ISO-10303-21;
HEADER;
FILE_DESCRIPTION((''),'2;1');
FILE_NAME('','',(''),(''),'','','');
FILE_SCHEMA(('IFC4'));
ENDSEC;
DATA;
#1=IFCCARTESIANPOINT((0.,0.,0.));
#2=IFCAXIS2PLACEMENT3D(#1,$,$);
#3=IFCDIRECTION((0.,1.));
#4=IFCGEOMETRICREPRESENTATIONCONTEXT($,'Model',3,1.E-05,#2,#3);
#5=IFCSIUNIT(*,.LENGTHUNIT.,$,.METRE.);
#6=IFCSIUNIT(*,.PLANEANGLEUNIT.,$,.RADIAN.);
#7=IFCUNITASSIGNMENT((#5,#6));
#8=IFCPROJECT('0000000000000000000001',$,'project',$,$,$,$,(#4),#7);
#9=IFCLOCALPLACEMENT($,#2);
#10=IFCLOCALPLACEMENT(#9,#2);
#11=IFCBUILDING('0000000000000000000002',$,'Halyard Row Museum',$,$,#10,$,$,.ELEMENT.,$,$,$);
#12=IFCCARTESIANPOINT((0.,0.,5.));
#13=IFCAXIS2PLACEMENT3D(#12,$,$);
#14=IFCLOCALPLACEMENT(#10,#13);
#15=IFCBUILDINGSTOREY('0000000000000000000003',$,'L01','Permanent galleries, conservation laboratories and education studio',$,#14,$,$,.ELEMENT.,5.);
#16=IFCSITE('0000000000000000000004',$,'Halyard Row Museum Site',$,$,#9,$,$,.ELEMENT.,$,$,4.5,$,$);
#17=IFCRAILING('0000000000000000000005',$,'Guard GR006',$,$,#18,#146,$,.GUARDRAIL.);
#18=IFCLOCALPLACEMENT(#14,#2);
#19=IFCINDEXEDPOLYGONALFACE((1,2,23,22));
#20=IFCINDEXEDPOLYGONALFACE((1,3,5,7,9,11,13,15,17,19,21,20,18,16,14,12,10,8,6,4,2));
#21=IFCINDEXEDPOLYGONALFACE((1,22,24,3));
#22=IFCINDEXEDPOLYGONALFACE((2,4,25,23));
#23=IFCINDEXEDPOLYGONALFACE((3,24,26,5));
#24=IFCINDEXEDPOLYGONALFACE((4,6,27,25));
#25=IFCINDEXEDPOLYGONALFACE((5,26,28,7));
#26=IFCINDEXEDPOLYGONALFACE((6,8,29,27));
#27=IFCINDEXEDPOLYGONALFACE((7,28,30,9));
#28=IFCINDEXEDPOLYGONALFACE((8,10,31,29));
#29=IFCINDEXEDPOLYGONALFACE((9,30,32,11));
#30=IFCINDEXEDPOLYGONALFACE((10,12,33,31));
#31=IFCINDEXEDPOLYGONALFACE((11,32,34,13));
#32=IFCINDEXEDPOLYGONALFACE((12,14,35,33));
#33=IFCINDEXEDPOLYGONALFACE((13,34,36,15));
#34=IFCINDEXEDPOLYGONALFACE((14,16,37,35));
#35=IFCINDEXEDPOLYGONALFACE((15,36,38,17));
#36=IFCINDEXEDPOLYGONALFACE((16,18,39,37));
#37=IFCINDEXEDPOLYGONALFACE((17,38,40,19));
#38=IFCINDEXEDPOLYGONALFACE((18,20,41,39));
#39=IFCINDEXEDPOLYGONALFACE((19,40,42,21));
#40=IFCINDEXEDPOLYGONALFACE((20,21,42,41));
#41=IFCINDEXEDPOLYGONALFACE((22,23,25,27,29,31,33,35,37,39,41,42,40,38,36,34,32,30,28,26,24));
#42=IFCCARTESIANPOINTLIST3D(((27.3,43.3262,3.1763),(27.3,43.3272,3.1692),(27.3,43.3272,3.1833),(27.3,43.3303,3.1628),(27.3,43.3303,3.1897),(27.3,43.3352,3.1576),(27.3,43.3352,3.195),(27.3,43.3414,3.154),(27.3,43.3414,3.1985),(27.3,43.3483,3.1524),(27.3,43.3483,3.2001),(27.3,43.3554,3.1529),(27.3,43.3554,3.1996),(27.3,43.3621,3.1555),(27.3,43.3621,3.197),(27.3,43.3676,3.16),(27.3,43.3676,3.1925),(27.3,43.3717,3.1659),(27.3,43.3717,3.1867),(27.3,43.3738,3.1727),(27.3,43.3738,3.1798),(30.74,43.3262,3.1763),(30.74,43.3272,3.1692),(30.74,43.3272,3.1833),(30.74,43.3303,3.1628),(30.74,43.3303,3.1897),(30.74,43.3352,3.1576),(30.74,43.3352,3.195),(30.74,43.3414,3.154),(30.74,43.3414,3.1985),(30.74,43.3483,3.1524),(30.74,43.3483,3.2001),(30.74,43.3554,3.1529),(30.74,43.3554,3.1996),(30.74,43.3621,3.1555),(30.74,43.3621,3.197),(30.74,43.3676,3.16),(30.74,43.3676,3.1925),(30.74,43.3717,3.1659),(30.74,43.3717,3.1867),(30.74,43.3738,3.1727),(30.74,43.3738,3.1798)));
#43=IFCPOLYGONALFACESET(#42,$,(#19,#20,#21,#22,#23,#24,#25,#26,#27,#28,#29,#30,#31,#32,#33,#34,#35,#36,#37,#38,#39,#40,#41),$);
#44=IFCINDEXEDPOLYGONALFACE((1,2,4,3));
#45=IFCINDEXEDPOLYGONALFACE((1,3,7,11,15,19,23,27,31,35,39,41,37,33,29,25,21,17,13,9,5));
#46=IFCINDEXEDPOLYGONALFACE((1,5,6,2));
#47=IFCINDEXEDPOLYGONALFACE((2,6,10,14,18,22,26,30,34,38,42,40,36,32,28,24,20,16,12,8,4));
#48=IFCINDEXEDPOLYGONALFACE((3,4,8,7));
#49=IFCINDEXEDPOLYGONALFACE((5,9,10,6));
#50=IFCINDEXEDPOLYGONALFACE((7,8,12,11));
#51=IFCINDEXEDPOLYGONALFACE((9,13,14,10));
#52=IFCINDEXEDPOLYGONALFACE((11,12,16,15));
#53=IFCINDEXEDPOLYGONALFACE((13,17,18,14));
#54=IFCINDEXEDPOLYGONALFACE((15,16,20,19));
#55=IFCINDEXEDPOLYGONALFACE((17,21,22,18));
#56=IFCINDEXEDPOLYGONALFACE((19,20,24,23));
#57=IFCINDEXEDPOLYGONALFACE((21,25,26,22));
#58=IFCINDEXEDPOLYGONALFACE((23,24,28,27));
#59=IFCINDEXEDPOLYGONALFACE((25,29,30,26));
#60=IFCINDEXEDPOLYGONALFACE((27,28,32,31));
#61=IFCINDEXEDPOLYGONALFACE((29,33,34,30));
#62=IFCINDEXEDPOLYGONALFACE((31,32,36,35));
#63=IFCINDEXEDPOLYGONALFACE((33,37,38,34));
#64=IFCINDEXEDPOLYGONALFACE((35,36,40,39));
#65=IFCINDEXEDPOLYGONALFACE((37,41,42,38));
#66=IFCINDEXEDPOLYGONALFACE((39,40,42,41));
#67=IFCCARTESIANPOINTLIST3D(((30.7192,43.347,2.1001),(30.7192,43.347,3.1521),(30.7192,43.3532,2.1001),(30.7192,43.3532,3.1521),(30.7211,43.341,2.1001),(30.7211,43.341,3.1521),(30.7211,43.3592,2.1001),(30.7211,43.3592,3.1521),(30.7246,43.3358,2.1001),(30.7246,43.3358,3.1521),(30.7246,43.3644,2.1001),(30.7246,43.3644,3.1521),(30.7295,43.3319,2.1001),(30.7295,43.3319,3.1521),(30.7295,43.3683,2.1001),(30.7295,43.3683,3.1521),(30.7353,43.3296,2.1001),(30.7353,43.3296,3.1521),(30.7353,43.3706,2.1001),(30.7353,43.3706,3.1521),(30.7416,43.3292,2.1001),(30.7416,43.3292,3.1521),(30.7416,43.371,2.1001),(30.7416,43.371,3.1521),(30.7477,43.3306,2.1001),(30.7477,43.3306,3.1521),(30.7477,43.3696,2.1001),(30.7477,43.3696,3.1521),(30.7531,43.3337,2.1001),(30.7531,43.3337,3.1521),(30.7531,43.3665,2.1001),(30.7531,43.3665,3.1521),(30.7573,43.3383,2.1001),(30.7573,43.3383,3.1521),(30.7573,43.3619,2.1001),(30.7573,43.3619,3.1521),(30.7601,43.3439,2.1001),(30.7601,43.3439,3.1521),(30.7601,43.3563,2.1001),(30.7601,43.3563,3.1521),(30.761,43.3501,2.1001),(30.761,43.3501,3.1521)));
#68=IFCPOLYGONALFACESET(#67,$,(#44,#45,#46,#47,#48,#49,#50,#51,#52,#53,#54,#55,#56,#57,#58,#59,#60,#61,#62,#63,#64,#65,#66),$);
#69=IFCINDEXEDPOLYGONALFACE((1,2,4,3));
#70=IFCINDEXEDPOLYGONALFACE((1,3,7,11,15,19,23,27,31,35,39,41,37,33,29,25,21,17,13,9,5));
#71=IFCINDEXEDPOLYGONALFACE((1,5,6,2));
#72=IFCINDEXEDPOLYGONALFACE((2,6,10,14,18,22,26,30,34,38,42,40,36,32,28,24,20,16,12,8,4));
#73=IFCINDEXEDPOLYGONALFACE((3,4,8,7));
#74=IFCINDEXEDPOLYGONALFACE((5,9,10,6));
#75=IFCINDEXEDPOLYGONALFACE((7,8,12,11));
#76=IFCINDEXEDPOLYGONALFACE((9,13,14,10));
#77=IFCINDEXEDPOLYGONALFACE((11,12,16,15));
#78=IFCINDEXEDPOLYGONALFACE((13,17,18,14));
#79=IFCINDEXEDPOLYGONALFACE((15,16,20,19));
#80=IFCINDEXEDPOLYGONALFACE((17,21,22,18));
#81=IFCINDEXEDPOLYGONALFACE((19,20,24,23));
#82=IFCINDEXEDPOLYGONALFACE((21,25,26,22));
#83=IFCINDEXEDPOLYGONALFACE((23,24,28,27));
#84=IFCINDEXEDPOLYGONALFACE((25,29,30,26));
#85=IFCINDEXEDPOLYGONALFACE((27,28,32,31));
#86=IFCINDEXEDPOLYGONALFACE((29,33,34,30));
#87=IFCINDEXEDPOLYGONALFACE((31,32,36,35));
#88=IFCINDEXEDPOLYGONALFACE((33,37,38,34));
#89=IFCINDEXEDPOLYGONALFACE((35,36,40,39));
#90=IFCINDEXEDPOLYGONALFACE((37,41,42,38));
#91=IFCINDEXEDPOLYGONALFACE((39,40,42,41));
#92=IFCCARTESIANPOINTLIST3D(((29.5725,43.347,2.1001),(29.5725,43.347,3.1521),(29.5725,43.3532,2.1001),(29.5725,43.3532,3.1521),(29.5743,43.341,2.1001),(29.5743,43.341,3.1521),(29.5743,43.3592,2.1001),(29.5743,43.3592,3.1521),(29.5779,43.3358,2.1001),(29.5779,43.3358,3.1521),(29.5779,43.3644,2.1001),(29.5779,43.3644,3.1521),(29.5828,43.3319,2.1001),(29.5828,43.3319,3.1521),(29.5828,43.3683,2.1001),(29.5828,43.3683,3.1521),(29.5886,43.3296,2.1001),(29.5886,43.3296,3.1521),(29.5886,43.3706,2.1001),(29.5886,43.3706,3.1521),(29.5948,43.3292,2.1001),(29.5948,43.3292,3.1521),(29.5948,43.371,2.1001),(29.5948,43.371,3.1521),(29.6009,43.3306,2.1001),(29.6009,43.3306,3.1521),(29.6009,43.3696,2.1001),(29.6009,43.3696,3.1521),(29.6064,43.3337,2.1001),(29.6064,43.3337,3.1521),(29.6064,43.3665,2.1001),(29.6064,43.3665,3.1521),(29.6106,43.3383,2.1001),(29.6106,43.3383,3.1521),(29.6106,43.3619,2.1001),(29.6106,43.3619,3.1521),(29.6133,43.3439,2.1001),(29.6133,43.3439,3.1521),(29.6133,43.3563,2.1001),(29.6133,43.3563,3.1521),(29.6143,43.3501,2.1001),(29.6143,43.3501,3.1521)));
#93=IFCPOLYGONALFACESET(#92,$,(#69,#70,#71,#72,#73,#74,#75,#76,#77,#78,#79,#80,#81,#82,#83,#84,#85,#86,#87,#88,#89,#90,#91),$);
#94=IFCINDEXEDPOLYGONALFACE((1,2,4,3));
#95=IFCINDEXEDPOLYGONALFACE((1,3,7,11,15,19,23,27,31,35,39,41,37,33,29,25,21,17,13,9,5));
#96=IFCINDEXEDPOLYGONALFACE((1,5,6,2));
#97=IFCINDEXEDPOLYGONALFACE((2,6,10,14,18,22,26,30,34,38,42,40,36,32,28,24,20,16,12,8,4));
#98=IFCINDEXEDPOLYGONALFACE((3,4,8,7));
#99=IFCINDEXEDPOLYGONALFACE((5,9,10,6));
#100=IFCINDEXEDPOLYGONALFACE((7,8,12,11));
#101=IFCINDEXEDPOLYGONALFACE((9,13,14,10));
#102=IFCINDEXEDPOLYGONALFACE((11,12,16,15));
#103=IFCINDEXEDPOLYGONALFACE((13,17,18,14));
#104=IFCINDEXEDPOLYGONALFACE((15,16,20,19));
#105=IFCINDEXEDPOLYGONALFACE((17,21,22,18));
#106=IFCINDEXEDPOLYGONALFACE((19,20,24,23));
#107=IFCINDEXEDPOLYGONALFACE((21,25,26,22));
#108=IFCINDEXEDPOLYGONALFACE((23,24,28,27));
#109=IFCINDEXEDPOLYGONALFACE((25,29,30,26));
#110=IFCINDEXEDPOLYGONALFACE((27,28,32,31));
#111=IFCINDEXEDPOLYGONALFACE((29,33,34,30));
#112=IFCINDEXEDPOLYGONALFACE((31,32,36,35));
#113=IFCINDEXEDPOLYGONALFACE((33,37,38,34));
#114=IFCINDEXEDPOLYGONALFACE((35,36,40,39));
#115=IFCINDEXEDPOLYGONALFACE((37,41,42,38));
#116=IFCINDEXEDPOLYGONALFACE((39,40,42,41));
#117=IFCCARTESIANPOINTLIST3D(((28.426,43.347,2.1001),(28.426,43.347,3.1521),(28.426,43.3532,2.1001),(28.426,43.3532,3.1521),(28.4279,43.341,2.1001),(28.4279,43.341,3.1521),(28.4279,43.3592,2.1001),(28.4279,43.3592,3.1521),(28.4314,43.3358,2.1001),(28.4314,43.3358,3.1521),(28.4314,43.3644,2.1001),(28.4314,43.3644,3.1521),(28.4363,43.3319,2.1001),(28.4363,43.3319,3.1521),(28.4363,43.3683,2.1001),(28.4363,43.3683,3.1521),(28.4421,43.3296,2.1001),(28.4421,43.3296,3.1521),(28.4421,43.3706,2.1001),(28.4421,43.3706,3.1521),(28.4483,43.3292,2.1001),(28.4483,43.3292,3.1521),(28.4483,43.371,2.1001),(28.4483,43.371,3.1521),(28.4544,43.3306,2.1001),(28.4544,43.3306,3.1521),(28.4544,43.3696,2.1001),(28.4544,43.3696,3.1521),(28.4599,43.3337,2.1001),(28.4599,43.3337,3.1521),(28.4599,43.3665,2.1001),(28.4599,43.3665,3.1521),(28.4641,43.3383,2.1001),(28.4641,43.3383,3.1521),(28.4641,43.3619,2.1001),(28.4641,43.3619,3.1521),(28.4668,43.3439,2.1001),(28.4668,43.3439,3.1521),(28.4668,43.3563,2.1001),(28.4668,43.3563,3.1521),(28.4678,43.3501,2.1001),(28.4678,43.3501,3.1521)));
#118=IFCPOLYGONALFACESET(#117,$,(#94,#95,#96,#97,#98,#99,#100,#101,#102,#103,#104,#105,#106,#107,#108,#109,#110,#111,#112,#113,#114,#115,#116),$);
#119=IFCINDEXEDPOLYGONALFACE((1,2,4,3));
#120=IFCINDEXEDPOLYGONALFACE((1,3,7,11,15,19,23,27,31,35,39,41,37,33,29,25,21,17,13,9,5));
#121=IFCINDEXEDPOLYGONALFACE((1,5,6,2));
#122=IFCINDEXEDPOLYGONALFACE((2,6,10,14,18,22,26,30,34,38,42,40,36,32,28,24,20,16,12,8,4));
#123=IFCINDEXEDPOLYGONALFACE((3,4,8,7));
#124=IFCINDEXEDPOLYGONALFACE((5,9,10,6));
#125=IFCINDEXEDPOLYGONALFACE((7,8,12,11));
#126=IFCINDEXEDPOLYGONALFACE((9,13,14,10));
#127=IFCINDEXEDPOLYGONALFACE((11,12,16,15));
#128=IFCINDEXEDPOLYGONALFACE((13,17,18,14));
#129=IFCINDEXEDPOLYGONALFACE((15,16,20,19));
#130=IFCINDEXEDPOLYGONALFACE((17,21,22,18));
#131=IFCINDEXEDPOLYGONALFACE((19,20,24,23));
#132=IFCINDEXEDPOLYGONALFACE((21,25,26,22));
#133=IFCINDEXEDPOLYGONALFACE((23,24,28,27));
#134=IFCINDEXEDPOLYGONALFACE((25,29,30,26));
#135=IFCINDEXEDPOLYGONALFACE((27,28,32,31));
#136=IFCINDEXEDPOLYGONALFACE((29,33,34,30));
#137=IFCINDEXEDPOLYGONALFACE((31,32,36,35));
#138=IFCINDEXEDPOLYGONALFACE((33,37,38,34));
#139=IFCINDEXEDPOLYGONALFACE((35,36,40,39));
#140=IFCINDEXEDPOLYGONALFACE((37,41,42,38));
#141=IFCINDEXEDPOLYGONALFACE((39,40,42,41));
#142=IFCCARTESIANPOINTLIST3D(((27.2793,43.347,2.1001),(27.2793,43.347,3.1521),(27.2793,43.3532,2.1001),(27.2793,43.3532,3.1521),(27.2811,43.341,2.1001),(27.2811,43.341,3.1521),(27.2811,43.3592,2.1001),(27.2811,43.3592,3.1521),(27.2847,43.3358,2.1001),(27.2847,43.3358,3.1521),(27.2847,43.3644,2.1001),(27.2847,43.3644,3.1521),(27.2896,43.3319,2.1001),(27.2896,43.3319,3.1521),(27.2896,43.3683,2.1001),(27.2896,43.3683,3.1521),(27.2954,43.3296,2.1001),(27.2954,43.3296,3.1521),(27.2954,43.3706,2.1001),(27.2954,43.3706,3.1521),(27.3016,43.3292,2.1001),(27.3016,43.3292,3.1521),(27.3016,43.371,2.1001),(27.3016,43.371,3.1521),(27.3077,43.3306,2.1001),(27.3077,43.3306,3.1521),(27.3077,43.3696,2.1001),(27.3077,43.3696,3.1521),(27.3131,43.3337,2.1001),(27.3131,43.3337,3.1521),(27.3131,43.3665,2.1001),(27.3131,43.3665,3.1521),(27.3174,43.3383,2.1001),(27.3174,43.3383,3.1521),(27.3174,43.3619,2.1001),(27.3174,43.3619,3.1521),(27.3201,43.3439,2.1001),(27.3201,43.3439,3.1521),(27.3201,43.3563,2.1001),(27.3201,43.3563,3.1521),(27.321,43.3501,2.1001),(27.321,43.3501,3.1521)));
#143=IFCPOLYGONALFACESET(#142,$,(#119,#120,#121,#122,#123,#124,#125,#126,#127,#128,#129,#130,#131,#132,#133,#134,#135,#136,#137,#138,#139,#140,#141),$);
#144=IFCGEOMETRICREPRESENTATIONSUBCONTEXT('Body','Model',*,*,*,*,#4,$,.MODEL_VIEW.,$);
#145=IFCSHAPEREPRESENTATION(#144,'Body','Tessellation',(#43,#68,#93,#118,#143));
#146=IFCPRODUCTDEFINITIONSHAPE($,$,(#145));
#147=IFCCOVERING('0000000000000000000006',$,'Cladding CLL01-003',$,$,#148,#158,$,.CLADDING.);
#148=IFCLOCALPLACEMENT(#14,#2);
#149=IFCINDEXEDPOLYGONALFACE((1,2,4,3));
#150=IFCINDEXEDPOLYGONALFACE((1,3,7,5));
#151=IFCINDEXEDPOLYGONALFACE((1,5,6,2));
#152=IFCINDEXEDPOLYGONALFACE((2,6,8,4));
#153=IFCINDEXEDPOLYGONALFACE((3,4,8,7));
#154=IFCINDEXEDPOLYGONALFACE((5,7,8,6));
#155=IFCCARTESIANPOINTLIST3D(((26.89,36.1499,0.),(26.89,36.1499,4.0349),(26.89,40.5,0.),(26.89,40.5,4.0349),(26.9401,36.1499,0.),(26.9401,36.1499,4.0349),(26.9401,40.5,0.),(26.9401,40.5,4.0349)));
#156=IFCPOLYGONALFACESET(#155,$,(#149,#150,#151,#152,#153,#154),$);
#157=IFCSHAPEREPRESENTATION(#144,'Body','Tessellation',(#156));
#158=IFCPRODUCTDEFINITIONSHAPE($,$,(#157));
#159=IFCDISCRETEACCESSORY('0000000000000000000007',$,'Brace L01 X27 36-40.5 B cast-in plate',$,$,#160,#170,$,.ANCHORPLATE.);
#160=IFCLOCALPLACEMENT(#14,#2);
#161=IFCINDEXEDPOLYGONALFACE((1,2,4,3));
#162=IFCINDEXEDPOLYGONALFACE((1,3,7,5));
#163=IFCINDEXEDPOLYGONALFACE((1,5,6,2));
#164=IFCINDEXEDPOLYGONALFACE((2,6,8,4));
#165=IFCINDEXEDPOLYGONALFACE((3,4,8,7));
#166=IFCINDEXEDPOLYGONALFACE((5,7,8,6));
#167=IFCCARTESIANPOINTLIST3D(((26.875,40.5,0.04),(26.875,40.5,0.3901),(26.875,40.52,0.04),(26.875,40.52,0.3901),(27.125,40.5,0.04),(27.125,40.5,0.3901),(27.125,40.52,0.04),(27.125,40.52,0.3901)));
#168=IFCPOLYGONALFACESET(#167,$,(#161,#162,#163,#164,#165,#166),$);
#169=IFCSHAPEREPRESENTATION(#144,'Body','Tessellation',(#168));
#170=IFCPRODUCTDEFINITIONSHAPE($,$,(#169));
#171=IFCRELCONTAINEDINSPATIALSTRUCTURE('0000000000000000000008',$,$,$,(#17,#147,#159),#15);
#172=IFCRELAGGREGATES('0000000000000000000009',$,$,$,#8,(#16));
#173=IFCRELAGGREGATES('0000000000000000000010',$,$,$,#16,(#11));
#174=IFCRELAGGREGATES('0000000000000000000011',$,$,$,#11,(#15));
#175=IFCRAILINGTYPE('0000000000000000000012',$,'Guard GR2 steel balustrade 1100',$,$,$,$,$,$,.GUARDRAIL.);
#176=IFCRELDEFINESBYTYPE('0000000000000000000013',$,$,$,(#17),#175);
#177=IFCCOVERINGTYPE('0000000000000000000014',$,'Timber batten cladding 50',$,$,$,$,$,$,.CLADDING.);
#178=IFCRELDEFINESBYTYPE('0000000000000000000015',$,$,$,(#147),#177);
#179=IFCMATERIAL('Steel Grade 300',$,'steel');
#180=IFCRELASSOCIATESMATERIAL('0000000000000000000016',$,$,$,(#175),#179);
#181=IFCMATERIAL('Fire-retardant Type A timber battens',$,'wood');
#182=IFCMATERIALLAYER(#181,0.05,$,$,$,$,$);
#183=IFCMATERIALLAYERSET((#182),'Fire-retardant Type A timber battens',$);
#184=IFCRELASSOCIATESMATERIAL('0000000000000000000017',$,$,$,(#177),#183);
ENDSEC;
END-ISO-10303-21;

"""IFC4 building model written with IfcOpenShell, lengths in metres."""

from ifc_helpers import new_model, si_unit, direction, frame, frame_2d, origin, origin_2d, place, context, subcontext, project, spatial, rectangle, circle, extrude, material, layer, layer_set, type_object, element, save


model = new_model("IFC4")

# Units and contexts
model_context = context("Model", 3, precision=1e-05, world=origin(), true_north=direction((0.0, 1.0)))
body_context = subcontext(model_context, "Body", "Model", "MODEL_VIEW")
ifc_project = project(units=[si_unit("LENGTHUNIT", "METRE"), si_unit("PLANEANGLEUNIT", "RADIAN")], contexts=[model_context])

# Site, building, storey
site_placement = place(None, origin())
site = spatial("IfcSite", under=ifc_project, at=site_placement, Name="Halyard Row Museum Site", CompositionType="ELEMENT", RefElevation=4.5)
building_placement = place(site_placement, origin())
building = spatial("IfcBuilding", under=site, at=building_placement, Name="Halyard Row Museum", CompositionType="ELEMENT")
storey_placement = place(building_placement, frame((0.0, 0.0, 5.0)))
storey = spatial("IfcBuildingStorey", under=building, at=storey_placement, Name="L01", Description="Permanent galleries, conservation laboratories and education studio", CompositionType="ELEMENT", Elevation=5.0)

# Railing
ifc_material_1 = material(Name="Steel Grade 300", Category="steel")
railing_type_1 = type_object("IfcRailingType", Name="Guard GR2 steel balustrade 1100", PredefinedType="GUARDRAIL", material=ifc_material_1)
railing_1_placement = place(storey_placement, frame((30.74, 43.3501, 2.1001)))
element("IfcRailing", 1, at=railing_1_placement, inside=storey, type_object=railing_type_1, Name="Guard GR006", PredefinedType="GUARDRAIL", context=body_context, shape_type="SweptSolid", body=[
    extrude(circle(Radius=0.0239, at=origin_2d()), frame((0.0, 0.0, 1.0762), z_axis=(-1.0, 0.0, 0.0), x_axis=(0.0, -1.0, 0.0)), (0.0, 0.0, 1.0), 3.4399),
    extrude(circle(Radius=0.021, at=origin_2d()), origin(), (0.0, 0.0, 1.0), 1.052),
    extrude(circle(Radius=0.021, at=origin_2d()), frame((-1.1467, 0.0, 0.0)), (0.0, 0.0, 1.0), 1.052),
    extrude(circle(Radius=0.021, at=origin_2d()), frame((-2.2932, 0.0, 0.0)), (0.0, 0.0, 1.0), 1.052),
    extrude(circle(Radius=0.021, at=origin_2d()), frame((-3.4399, 0.0, 0.0)), (0.0, 0.0, 1.0), 1.052),
])

# Covering
ifc_material_2 = material(Name="Fire-retardant Type A timber battens", Category="wood")
ifc_layer_1 = layer(ifc_material_2, 0.05)
ifc_layer_set_1 = layer_set([ifc_layer_1], Name="Fire-retardant Type A timber battens")
covering_type = type_object("IfcCoveringType", Name="Timber batten cladding 50", PredefinedType="CLADDING", material=ifc_layer_set_1)
covering_placement = place(storey_placement, frame((26.915, 40.5, 0.0), z_axis=(0.0, 0.0, 1.0), x_axis=(0.0, -1.0, 0.0)))
element("IfcCovering", 2, at=covering_placement, inside=storey, type_object=covering_type, Name="Cladding CLL01-003", PredefinedType="CLADDING", context=body_context, shape_type="SweptSolid", body=[
    extrude(rectangle(XDim=4.3501, YDim=0.05, at=frame_2d((2.175, 0.0))), origin(), (0.0, 0.0, 1.0), 4.0349),
])

# Discrete accessory
discrete_accessory_placement = place(storey_placement, frame((27.0, 40.5, 0.2151), z_axis=(0.0, 1.0, 0.0), x_axis=(-1.0, 0.0, 0.0)))
element("IfcDiscreteAccessory", 3, at=discrete_accessory_placement, inside=storey, Name="Brace L01 X27 36-40.5 B cast-in plate", PredefinedType="ANCHORPLATE", context=body_context, shape_type="SweptSolid", body=[
    extrude(rectangle(XDim=0.25, YDim=0.3501, at=origin_2d()), origin(), (0.0, 0.0, 1.0), 0.02),
])

save(model, "model.ifc")
